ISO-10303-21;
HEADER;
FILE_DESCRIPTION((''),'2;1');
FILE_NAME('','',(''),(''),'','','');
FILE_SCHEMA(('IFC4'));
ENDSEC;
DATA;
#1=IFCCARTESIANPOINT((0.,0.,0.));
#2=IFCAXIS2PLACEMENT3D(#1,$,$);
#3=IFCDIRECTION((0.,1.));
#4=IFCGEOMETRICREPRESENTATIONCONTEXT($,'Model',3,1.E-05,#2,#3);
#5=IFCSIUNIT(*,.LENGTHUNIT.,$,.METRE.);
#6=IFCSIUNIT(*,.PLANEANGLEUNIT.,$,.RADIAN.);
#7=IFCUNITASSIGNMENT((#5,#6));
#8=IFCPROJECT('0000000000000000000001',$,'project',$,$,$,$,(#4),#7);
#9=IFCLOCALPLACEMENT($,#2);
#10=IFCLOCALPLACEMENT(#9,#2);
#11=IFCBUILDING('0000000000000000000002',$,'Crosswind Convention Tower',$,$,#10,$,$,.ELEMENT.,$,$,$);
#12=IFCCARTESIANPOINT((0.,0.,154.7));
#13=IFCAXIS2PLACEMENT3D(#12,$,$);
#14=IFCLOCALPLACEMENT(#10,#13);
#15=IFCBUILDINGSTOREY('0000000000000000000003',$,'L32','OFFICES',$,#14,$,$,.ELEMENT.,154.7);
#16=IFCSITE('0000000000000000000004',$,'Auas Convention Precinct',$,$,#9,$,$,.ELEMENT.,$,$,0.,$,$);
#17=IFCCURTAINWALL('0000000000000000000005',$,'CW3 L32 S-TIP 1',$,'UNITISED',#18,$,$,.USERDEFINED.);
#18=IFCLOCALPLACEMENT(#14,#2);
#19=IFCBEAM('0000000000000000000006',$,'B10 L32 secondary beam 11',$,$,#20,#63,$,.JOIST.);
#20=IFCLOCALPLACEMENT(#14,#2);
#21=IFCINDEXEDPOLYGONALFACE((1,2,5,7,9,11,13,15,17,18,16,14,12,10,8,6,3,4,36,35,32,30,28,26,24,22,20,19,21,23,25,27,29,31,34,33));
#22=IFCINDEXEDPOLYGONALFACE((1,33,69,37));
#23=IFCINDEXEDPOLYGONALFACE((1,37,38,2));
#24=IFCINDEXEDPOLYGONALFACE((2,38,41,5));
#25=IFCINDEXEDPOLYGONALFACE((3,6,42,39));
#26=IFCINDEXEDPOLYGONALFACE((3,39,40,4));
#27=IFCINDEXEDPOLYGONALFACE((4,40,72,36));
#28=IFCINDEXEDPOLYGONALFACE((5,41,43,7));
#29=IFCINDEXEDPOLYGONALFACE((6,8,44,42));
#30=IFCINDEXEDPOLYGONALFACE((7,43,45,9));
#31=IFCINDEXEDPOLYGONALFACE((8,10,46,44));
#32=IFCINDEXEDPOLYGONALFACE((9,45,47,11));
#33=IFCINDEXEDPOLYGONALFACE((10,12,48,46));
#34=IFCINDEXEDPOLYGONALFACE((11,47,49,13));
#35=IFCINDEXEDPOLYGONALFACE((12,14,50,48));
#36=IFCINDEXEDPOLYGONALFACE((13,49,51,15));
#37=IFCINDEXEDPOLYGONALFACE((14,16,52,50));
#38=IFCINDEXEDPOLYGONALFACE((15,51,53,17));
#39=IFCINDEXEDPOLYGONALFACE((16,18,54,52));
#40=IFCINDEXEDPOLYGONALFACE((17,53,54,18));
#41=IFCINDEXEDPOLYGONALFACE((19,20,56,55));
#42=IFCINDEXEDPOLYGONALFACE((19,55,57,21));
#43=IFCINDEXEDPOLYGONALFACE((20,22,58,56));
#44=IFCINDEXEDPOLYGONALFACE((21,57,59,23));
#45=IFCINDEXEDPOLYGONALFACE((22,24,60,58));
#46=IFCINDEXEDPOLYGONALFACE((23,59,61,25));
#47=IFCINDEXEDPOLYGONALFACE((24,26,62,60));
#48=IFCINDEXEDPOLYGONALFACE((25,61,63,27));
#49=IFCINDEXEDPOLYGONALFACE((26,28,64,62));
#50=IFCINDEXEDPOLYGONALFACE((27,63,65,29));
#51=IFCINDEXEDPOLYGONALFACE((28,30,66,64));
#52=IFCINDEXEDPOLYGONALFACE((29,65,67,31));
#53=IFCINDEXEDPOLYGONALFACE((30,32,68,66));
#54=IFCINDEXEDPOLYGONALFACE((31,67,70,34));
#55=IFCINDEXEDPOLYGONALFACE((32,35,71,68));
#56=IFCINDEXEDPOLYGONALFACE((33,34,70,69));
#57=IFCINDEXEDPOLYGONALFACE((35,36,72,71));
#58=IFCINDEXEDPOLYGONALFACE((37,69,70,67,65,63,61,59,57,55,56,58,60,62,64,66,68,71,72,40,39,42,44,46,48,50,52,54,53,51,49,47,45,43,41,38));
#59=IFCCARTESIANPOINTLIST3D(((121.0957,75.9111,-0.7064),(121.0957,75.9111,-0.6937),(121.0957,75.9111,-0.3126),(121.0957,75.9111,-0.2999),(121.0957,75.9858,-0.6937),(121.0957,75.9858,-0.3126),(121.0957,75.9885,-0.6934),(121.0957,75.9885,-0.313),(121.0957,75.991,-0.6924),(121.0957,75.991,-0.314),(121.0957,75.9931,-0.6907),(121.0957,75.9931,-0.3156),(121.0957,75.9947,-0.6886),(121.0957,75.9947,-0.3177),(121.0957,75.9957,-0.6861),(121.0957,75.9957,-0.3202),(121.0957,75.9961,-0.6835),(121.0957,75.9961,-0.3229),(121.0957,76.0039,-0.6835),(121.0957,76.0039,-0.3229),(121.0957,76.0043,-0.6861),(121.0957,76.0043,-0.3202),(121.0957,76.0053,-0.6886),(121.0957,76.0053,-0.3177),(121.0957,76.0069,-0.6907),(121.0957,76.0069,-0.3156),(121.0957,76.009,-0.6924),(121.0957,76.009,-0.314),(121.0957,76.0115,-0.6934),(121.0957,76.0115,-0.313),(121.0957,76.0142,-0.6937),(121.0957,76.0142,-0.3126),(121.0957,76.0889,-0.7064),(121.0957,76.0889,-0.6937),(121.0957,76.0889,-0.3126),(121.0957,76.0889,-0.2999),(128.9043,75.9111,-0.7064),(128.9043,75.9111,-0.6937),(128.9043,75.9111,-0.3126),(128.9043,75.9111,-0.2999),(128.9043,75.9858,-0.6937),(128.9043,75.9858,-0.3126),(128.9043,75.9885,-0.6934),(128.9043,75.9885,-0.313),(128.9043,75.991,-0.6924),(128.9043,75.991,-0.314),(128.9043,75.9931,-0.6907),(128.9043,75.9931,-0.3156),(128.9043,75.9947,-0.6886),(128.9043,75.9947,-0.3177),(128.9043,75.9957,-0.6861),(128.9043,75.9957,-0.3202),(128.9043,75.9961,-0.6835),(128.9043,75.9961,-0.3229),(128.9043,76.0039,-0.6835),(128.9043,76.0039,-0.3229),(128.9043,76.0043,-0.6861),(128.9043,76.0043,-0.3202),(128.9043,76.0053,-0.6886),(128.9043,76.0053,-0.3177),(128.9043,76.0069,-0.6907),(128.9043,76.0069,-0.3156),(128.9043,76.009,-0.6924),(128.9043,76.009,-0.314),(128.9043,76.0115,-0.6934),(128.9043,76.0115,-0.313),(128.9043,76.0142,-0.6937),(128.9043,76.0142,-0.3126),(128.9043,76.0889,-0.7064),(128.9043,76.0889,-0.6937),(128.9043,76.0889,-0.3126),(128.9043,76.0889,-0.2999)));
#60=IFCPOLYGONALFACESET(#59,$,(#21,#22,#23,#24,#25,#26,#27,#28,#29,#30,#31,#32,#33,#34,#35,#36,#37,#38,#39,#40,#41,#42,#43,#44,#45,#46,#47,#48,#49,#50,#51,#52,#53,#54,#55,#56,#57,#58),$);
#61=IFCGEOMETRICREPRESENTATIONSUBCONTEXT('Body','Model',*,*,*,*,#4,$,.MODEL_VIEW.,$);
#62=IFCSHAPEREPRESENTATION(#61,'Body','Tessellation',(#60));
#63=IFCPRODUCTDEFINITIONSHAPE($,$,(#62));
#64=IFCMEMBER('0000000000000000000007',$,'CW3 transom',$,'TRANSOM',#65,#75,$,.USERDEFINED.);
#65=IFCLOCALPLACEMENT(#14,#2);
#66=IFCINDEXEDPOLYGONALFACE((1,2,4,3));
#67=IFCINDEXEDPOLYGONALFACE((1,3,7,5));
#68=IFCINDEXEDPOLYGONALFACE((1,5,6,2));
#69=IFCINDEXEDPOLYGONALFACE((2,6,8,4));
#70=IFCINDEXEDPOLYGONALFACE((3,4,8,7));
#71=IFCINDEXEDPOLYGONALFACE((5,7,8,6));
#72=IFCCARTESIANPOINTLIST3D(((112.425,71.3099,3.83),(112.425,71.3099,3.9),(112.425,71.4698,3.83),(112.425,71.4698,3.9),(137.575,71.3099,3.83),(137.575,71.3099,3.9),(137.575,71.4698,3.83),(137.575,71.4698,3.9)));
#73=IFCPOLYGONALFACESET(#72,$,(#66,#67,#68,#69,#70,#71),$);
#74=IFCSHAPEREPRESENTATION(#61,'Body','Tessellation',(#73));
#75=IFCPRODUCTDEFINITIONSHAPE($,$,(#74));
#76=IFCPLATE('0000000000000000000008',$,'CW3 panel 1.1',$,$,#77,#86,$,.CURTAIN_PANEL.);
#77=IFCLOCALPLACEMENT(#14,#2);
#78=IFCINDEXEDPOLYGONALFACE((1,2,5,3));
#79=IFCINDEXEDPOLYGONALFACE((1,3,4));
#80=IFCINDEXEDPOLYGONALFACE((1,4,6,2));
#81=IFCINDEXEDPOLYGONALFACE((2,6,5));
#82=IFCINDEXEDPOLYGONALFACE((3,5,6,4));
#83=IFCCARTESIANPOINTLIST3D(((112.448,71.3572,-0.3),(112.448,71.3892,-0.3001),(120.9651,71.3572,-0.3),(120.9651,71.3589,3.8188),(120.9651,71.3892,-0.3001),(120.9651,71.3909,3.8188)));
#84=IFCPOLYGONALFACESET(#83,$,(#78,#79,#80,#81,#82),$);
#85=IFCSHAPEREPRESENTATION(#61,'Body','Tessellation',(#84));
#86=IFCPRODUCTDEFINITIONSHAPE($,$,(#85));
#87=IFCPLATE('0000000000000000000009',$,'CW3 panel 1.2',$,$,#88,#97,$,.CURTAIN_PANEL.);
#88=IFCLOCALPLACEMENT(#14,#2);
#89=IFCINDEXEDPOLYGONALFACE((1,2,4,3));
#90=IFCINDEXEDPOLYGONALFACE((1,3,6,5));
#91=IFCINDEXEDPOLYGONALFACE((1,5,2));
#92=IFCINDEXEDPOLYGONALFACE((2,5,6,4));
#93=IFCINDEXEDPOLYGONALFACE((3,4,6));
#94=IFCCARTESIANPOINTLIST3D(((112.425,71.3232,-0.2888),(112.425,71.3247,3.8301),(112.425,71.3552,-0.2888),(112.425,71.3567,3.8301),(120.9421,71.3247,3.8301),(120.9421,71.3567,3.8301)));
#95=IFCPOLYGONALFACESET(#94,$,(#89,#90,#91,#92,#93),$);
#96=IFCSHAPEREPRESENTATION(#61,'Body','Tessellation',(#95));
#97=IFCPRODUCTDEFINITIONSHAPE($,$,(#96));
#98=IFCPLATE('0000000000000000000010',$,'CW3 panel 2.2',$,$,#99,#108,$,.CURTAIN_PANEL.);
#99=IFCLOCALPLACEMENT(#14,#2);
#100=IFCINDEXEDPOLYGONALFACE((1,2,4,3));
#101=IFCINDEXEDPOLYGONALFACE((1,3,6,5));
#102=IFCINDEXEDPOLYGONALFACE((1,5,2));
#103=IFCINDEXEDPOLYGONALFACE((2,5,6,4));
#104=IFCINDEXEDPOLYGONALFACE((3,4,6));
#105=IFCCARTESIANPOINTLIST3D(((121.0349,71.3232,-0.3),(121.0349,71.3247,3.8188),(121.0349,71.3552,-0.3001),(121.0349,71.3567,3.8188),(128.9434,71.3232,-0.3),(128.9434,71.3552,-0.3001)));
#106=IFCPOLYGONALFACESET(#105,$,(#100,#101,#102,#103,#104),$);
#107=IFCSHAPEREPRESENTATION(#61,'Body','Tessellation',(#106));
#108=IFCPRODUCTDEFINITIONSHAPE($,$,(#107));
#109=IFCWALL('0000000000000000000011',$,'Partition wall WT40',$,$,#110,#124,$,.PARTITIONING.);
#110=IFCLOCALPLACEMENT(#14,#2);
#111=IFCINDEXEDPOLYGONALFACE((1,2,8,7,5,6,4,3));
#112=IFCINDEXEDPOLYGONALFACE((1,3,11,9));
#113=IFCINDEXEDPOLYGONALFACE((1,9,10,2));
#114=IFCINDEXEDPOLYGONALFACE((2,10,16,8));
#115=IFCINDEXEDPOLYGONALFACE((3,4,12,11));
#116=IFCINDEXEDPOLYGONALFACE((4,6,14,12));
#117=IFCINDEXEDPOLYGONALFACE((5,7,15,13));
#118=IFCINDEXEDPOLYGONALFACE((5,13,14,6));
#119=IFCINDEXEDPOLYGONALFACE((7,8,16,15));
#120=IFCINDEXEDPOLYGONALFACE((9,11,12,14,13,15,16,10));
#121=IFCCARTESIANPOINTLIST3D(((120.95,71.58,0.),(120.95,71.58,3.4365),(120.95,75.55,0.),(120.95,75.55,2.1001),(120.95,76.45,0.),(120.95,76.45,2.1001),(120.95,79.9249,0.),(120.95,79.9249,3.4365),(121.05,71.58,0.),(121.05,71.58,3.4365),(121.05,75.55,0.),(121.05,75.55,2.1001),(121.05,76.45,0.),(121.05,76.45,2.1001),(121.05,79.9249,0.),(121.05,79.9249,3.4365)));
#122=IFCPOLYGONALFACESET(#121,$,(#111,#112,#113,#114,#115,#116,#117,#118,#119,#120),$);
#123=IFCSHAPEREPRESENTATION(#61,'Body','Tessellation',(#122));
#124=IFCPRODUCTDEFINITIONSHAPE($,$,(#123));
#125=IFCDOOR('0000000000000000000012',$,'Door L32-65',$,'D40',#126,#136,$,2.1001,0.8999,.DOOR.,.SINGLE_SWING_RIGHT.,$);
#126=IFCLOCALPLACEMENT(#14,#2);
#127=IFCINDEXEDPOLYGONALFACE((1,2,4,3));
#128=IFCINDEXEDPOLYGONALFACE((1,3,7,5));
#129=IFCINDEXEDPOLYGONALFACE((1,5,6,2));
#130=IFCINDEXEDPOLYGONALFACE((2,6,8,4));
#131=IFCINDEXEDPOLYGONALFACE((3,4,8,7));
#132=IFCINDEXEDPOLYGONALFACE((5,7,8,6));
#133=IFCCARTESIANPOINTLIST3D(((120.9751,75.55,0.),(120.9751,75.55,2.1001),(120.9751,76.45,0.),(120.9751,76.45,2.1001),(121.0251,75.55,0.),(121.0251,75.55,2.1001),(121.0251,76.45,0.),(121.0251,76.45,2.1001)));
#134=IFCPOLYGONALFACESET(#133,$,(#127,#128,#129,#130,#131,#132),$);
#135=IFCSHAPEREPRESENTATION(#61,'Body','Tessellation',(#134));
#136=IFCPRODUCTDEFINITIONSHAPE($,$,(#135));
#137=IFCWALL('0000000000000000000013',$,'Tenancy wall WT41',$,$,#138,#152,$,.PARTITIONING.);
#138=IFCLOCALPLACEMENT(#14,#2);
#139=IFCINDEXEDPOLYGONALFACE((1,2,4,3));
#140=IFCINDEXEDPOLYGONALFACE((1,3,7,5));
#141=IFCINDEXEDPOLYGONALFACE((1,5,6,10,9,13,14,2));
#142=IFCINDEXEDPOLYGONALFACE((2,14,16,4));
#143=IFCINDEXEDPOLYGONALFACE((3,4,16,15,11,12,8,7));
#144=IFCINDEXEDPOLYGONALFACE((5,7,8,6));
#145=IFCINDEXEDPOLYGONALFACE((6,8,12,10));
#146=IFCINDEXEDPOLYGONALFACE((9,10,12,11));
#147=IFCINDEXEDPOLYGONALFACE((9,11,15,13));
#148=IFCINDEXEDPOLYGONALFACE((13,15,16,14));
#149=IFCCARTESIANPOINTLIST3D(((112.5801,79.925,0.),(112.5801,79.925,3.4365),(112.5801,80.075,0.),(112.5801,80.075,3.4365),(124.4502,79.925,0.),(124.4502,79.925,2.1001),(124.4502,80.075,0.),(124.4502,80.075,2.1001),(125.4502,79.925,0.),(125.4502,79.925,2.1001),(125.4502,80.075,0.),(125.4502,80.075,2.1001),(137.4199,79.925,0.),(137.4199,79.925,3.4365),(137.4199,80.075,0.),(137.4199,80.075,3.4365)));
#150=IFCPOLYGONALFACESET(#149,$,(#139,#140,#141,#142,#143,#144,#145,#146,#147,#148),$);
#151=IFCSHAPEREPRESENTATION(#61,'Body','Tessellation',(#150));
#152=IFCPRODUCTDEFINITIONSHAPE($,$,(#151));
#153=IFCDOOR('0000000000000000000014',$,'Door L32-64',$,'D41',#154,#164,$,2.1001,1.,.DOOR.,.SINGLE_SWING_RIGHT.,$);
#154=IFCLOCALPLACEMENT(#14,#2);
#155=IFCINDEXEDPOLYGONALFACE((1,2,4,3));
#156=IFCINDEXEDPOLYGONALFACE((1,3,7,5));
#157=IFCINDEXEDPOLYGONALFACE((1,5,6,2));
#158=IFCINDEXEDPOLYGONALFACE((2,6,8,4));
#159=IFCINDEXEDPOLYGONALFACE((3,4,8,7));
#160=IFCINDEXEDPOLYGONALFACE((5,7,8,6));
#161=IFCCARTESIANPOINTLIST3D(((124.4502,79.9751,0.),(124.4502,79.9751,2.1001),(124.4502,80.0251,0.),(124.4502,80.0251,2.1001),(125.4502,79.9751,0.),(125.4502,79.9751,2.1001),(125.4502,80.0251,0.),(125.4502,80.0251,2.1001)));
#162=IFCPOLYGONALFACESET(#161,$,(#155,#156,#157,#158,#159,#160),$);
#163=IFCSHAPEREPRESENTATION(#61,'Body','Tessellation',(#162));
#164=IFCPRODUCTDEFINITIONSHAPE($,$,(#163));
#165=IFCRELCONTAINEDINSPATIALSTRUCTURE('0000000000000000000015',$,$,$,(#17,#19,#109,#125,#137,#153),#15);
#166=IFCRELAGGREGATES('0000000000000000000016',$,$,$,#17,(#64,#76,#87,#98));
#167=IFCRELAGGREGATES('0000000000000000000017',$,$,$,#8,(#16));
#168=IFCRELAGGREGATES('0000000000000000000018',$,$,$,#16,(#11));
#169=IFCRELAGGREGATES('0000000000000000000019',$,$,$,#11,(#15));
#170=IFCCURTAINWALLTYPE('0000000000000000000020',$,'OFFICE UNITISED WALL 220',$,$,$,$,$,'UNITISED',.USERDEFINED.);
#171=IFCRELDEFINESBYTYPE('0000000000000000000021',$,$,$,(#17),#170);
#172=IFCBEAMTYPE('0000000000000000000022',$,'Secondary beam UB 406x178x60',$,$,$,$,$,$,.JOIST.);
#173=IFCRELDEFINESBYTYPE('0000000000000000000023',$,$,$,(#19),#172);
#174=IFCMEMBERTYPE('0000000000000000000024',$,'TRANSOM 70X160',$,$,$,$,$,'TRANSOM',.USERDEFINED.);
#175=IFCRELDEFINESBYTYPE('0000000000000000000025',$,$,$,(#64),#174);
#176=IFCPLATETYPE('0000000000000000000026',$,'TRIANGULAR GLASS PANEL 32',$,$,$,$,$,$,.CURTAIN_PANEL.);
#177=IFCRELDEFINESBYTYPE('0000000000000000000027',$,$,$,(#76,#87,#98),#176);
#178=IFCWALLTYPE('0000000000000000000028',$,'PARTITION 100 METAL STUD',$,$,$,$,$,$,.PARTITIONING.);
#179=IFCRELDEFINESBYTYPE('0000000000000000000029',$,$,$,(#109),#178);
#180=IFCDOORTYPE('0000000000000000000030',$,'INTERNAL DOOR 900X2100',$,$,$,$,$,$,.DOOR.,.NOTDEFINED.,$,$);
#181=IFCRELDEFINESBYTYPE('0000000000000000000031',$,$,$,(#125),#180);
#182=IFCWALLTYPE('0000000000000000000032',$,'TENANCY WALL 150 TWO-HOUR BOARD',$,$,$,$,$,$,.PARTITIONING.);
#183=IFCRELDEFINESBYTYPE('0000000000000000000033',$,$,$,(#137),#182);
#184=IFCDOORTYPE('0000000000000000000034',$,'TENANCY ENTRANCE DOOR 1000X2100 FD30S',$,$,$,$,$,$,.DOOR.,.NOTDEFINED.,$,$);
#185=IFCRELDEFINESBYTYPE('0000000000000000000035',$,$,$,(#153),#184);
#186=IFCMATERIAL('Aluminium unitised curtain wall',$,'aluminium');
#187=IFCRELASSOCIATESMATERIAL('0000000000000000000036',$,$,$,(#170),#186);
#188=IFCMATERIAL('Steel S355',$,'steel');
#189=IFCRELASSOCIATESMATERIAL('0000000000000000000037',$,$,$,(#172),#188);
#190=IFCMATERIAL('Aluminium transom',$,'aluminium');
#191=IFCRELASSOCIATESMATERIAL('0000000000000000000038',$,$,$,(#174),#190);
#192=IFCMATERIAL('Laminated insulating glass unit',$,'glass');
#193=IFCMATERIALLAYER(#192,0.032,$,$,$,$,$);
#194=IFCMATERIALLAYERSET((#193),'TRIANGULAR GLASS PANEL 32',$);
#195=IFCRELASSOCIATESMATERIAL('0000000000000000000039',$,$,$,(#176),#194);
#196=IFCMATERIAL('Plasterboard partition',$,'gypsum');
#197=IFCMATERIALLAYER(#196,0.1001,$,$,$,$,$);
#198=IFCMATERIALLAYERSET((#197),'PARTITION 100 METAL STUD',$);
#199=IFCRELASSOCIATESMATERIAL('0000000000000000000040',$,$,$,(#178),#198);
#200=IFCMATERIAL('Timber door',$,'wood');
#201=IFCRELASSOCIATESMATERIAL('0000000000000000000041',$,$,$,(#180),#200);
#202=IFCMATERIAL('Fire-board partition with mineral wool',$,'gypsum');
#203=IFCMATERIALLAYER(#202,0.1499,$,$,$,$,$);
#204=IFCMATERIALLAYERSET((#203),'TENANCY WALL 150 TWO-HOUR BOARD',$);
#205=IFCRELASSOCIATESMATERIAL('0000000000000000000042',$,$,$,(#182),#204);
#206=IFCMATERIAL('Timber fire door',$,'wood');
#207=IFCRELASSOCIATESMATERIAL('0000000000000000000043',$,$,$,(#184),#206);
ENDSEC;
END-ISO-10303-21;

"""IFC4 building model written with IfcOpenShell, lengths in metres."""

from ifc_helpers import new_model, si_unit, direction, frame, frame_2d, origin, origin_2d, place, context, subcontext, project, spatial, polyline, rectangle, i_section, outline, extrude, material, layer, layer_set, material_profile, profile_set, type_object, element, fill, aggregate, save


model = new_model("IFC4")

# Units and contexts
model_context = context("Model", 3, precision=1e-05, world=origin(), true_north=direction((0.0, 1.0)))
body_context = subcontext(model_context, "Body", "Model", "MODEL_VIEW")
ifc_project = project(units=[si_unit("LENGTHUNIT", "METRE"), si_unit("PLANEANGLEUNIT", "RADIAN")], contexts=[model_context])

# Site, building, storey
site_placement = place(None, origin())
site = spatial("IfcSite", under=ifc_project, at=site_placement, Name="Auas Convention Precinct", CompositionType="ELEMENT", RefElevation=0.0)
building_placement = place(site_placement, origin())
building = spatial("IfcBuilding", under=site, at=building_placement, Name="Crosswind Convention Tower", CompositionType="ELEMENT")
storey_placement = place(building_placement, frame((0.0, 0.0, 154.7)))
storey = spatial("IfcBuildingStorey", under=building, at=storey_placement, Name="L32", Description="OFFICES", CompositionType="ELEMENT", Elevation=154.7)

# Shared definitions
ifc_material_1 = material(Name="Steel S355", Category="steel")

# Curtain wall
ifc_material_2 = material(Name="Aluminium unitised curtain wall", Category="aluminium")
curtain_wall_type_1 = type_object("IfcCurtainWallType", Name="OFFICE UNITISED WALL 220", ElementType="UNITISED", PredefinedType="USERDEFINED", material=ifc_material_2)
curtain_wall_1_placement = place(storey_placement, origin())
curtain_wall_1 = element("IfcCurtainWall", 1, at=curtain_wall_1_placement, inside=storey, type_object=curtain_wall_type_1, Name="CW3 L32 S-TIP 1", ObjectType="UNITISED", PredefinedType="USERDEFINED")

# Beam
ifc_material_profile_1 = material_profile(ifc_material_1, i_section(OverallWidth=0.1777, OverallDepth=0.4065, WebThickness=0.0078, FlangeThickness=0.0127, FilletRadius=0.0103, at=origin_2d()), Name="UB 406x178x60")
ifc_profile_set_1 = profile_set([ifc_material_profile_1], Name="Steel S355")
beam_type_1 = type_object("IfcBeamType", Name="Secondary beam UB 406x178x60", PredefinedType="JOIST", material=ifc_profile_set_1)
beam_1_placement = place(storey_placement, frame((121.0957, 76.0, -0.5032), z_axis=(1.0, 0.0, 0.0), x_axis=(0.0, 1.0, 0.0)))
element("IfcBeam", 2, at=beam_1_placement, inside=storey, type_object=beam_type_1, Name="B10 L32 secondary beam 11", PredefinedType="JOIST", context=body_context, shape_type="SweptSolid", body=[
    extrude(i_section(OverallWidth=0.1777, OverallDepth=0.4065, WebThickness=0.0078, FlangeThickness=0.0127, FilletRadius=0.0103, at=origin_2d()), origin(), (0.0, 0.0, 1.0), 7.8086),
])

# Member
ifc_material_3 = material(Name="Aluminium transom", Category="aluminium")
ifc_material_profile_2 = material_profile(ifc_material_3, rectangle(XDim=0.1599, YDim=0.0701, at=origin_2d()), Name="AL 160X70")
ifc_profile_set_2 = profile_set([ifc_material_profile_2], Name="Aluminium transom")
member_type_1 = type_object("IfcMemberType", Name="TRANSOM 70X160", ElementType="TRANSOM", PredefinedType="USERDEFINED", material=ifc_profile_set_2)
member_1_placement = place(storey_placement, frame((112.425, 71.3899, 3.865), z_axis=(1.0, 0.0, 0.0), x_axis=(0.0, 1.0, 0.0)))
member_1 = element("IfcMember", 3, at=member_1_placement, type_object=member_type_1, Name="CW3 transom", ObjectType="TRANSOM", PredefinedType="USERDEFINED", context=body_context, shape_type="SweptSolid", body=[
    extrude(rectangle(XDim=0.1599, YDim=0.0701, at=origin_2d()), origin(), (0.0, 0.0, 1.0), 25.1499),
])

# Plates
ifc_material_4 = material(Name="Laminated insulating glass unit", Category="glass")
ifc_layer_1 = layer(ifc_material_4, 0.032)
ifc_layer_set_1 = layer_set([ifc_layer_1], Name="TRIANGULAR GLASS PANEL 32")
plate_type = type_object("IfcPlateType", Name="TRIANGULAR GLASS PANEL 32", PredefinedType="CURTAIN_PANEL", material=ifc_layer_set_1)
plate_1_placement = place(storey_placement, frame((120.9651, 71.3572, -0.3), z_axis=(0.0, -1.0, 0.000415), x_axis=(0.0, 0.000415, 1.0)))
plate_1 = element("IfcPlate", 4, at=plate_1_placement, type_object=plate_type, Name="CW3 panel 1.1", PredefinedType="CURTAIN_PANEL", context=body_context, shape_type="SweptSolid", body=[
    extrude(outline(polyline([(0.0, 0.0), (4.1189, 0.0), (0.0, 8.5171), (0.0, 0.0)])), origin(), (0.0, 0.0, -1.0), 0.032),
])
plate_2_placement = place(storey_placement, frame((112.425, 71.3247, 3.8301), z_axis=(0.0, -1.0, 0.000356), x_axis=(0.0, -0.000356, -1.0)))
plate_2 = element("IfcPlate", 5, at=plate_2_placement, type_object=plate_type, Name="CW3 panel 1.2", PredefinedType="CURTAIN_PANEL", context=body_context, shape_type="SweptSolid", body=[
    extrude(outline(polyline([(0.0, 0.0), (4.1189, 0.0), (0.0, 8.5171), (0.0, 0.0)])), origin(), (0.0, 0.0, -1.0), 0.032),
])
plate_3_placement = place(storey_placement, frame((121.0349, 71.3232, -0.3), z_axis=(0.0, -1.0, 0.000356), x_axis=(1.0, 0.0, 0.0)))
plate_3 = element("IfcPlate", 6, at=plate_3_placement, type_object=plate_type, Name="CW3 panel 2.2", PredefinedType="CURTAIN_PANEL", context=body_context, shape_type="SweptSolid", body=[
    extrude(outline(polyline([(0.0, 0.0), (7.9084, 0.0), (0.0, 4.1189), (0.0, 0.0)])), origin(), (0.0, 0.0, -1.0), 0.032),
])

# Walls, openings, doors
ifc_material_5 = material(Name="Plasterboard partition", Category="gypsum")
ifc_layer_2 = layer(ifc_material_5, 0.1001)
ifc_layer_set_2 = layer_set([ifc_layer_2], Name="PARTITION 100 METAL STUD")
wall_type_1 = type_object("IfcWallType", Name="PARTITION 100 METAL STUD", PredefinedType="PARTITIONING", material=ifc_layer_set_2)
wall_1_placement = place(storey_placement, frame((121.0, 71.5801, 0.0), z_axis=(0.0, 0.0, 1.0), x_axis=(0.0, 1.0, 0.0)))
wall_1 = element("IfcWall", 7, at=wall_1_placement, inside=storey, type_object=wall_type_1, Name="Partition wall WT40", PredefinedType="PARTITIONING", context=body_context, shape_type="SweptSolid", body=[
    extrude(rectangle(XDim=8.345, YDim=0.1001, at=frame_2d((4.1724, 0.0))), origin(), (0.0, 0.0, 1.0), 3.4365),
])
opening_1_placement = place(wall_1_placement, frame((3.97, 0.0, 0.0)))
opening_1 = element("IfcOpeningElement", 8, at=opening_1_placement, cuts=wall_1, PredefinedType="OPENING", context=body_context, shape_type="SweptSolid", body=[
    extrude(rectangle(XDim=0.8999, YDim=2.1001, at=frame_2d((0.45, 1.05))), frame((0.0, 0.0601, 0.0), z_axis=(0.0, -1.0, 0.0), x_axis=(1.0, 0.0, 0.0)), (0.0, 0.0, 1.0), 0.1201),
])
ifc_material_6 = material(Name="Timber door", Category="wood")
door_type_1 = type_object("IfcDoorType", Name="INTERNAL DOOR 900X2100", OperationType="NOTDEFINED", PredefinedType="DOOR", material=ifc_material_6)
door_1_placement = place(opening_1_placement, origin())
door_1 = element("IfcDoor", 9, at=door_1_placement, inside=storey, type_object=door_type_1, Name="Door L32-65", ObjectType="D40", OperationType="SINGLE_SWING_RIGHT", OverallHeight=2.1001, OverallWidth=0.8999, PredefinedType="DOOR", context=body_context, shape_type="SweptSolid", body=[
    extrude(rectangle(XDim=0.8999, YDim=2.1001, at=frame_2d((0.45, 1.05))), frame((0.0, 0.0249, 0.0), z_axis=(0.0, -1.0, 0.0), x_axis=(1.0, 0.0, 0.0)), (0.0, 0.0, 1.0), 0.05),
])
fill(opening_1, door_1)
ifc_material_7 = material(Name="Fire-board partition with mineral wool", Category="gypsum")
ifc_layer_3 = layer(ifc_material_7, 0.1499)
ifc_layer_set_3 = layer_set([ifc_layer_3], Name="TENANCY WALL 150 TWO-HOUR BOARD")
wall_type_2 = type_object("IfcWallType", Name="TENANCY WALL 150 TWO-HOUR BOARD", PredefinedType="PARTITIONING", material=ifc_layer_set_3)
wall_2_placement = place(storey_placement, frame((112.5801, 80.0, 0.0), z_axis=(0.0, 0.0, 1.0), x_axis=(1.0, 0.0, 0.0)))
wall_2 = element("IfcWall", 10, at=wall_2_placement, inside=storey, type_object=wall_type_2, Name="Tenancy wall WT41", PredefinedType="PARTITIONING", context=body_context, shape_type="SweptSolid", body=[
    extrude(rectangle(XDim=24.8398, YDim=0.1499, at=frame_2d((12.4199, 0.0))), origin(), (0.0, 0.0, 1.0), 3.4365),
])
opening_2_placement = place(wall_2_placement, frame((11.8701, 0.0, 0.0)))
opening_2 = element("IfcOpeningElement", 11, at=opening_2_placement, cuts=wall_2, PredefinedType="OPENING", context=body_context, shape_type="SweptSolid", body=[
    extrude(rectangle(XDim=1.0, YDim=2.1001, at=frame_2d((0.5, 1.05))), frame((0.0, 0.085, 0.0), z_axis=(0.0, -1.0, 0.0), x_axis=(1.0, 0.0, 0.0)), (0.0, 0.0, 1.0), 0.1699),
])
ifc_material_8 = material(Name="Timber fire door", Category="wood")
door_type_2 = type_object("IfcDoorType", Name="TENANCY ENTRANCE DOOR 1000X2100 FD30S", OperationType="NOTDEFINED", PredefinedType="DOOR", material=ifc_material_8)
door_2_placement = place(opening_2_placement, frame((1.0, 0.0, 0.0), z_axis=(0.0, 0.0, 1.0), x_axis=(-1.0, 0.0, 0.0)))
door_2 = element("IfcDoor", 12, at=door_2_placement, inside=storey, type_object=door_type_2, Name="Door L32-64", ObjectType="D41", OperationType="SINGLE_SWING_RIGHT", OverallHeight=2.1001, OverallWidth=1.0, PredefinedType="DOOR", context=body_context, shape_type="SweptSolid", body=[
    extrude(rectangle(XDim=1.0, YDim=2.1001, at=frame_2d((0.5, 1.05))), frame((0.0, 0.0249, 0.0), z_axis=(0.0, -1.0, 0.0), x_axis=(1.0, 0.0, 0.0)), (0.0, 0.0, 1.0), 0.05),
])
fill(opening_2, door_2)

aggregate(curtain_wall_1, [member_1, plate_1, plate_2, plate_3])

save(model, "model.ifc")
